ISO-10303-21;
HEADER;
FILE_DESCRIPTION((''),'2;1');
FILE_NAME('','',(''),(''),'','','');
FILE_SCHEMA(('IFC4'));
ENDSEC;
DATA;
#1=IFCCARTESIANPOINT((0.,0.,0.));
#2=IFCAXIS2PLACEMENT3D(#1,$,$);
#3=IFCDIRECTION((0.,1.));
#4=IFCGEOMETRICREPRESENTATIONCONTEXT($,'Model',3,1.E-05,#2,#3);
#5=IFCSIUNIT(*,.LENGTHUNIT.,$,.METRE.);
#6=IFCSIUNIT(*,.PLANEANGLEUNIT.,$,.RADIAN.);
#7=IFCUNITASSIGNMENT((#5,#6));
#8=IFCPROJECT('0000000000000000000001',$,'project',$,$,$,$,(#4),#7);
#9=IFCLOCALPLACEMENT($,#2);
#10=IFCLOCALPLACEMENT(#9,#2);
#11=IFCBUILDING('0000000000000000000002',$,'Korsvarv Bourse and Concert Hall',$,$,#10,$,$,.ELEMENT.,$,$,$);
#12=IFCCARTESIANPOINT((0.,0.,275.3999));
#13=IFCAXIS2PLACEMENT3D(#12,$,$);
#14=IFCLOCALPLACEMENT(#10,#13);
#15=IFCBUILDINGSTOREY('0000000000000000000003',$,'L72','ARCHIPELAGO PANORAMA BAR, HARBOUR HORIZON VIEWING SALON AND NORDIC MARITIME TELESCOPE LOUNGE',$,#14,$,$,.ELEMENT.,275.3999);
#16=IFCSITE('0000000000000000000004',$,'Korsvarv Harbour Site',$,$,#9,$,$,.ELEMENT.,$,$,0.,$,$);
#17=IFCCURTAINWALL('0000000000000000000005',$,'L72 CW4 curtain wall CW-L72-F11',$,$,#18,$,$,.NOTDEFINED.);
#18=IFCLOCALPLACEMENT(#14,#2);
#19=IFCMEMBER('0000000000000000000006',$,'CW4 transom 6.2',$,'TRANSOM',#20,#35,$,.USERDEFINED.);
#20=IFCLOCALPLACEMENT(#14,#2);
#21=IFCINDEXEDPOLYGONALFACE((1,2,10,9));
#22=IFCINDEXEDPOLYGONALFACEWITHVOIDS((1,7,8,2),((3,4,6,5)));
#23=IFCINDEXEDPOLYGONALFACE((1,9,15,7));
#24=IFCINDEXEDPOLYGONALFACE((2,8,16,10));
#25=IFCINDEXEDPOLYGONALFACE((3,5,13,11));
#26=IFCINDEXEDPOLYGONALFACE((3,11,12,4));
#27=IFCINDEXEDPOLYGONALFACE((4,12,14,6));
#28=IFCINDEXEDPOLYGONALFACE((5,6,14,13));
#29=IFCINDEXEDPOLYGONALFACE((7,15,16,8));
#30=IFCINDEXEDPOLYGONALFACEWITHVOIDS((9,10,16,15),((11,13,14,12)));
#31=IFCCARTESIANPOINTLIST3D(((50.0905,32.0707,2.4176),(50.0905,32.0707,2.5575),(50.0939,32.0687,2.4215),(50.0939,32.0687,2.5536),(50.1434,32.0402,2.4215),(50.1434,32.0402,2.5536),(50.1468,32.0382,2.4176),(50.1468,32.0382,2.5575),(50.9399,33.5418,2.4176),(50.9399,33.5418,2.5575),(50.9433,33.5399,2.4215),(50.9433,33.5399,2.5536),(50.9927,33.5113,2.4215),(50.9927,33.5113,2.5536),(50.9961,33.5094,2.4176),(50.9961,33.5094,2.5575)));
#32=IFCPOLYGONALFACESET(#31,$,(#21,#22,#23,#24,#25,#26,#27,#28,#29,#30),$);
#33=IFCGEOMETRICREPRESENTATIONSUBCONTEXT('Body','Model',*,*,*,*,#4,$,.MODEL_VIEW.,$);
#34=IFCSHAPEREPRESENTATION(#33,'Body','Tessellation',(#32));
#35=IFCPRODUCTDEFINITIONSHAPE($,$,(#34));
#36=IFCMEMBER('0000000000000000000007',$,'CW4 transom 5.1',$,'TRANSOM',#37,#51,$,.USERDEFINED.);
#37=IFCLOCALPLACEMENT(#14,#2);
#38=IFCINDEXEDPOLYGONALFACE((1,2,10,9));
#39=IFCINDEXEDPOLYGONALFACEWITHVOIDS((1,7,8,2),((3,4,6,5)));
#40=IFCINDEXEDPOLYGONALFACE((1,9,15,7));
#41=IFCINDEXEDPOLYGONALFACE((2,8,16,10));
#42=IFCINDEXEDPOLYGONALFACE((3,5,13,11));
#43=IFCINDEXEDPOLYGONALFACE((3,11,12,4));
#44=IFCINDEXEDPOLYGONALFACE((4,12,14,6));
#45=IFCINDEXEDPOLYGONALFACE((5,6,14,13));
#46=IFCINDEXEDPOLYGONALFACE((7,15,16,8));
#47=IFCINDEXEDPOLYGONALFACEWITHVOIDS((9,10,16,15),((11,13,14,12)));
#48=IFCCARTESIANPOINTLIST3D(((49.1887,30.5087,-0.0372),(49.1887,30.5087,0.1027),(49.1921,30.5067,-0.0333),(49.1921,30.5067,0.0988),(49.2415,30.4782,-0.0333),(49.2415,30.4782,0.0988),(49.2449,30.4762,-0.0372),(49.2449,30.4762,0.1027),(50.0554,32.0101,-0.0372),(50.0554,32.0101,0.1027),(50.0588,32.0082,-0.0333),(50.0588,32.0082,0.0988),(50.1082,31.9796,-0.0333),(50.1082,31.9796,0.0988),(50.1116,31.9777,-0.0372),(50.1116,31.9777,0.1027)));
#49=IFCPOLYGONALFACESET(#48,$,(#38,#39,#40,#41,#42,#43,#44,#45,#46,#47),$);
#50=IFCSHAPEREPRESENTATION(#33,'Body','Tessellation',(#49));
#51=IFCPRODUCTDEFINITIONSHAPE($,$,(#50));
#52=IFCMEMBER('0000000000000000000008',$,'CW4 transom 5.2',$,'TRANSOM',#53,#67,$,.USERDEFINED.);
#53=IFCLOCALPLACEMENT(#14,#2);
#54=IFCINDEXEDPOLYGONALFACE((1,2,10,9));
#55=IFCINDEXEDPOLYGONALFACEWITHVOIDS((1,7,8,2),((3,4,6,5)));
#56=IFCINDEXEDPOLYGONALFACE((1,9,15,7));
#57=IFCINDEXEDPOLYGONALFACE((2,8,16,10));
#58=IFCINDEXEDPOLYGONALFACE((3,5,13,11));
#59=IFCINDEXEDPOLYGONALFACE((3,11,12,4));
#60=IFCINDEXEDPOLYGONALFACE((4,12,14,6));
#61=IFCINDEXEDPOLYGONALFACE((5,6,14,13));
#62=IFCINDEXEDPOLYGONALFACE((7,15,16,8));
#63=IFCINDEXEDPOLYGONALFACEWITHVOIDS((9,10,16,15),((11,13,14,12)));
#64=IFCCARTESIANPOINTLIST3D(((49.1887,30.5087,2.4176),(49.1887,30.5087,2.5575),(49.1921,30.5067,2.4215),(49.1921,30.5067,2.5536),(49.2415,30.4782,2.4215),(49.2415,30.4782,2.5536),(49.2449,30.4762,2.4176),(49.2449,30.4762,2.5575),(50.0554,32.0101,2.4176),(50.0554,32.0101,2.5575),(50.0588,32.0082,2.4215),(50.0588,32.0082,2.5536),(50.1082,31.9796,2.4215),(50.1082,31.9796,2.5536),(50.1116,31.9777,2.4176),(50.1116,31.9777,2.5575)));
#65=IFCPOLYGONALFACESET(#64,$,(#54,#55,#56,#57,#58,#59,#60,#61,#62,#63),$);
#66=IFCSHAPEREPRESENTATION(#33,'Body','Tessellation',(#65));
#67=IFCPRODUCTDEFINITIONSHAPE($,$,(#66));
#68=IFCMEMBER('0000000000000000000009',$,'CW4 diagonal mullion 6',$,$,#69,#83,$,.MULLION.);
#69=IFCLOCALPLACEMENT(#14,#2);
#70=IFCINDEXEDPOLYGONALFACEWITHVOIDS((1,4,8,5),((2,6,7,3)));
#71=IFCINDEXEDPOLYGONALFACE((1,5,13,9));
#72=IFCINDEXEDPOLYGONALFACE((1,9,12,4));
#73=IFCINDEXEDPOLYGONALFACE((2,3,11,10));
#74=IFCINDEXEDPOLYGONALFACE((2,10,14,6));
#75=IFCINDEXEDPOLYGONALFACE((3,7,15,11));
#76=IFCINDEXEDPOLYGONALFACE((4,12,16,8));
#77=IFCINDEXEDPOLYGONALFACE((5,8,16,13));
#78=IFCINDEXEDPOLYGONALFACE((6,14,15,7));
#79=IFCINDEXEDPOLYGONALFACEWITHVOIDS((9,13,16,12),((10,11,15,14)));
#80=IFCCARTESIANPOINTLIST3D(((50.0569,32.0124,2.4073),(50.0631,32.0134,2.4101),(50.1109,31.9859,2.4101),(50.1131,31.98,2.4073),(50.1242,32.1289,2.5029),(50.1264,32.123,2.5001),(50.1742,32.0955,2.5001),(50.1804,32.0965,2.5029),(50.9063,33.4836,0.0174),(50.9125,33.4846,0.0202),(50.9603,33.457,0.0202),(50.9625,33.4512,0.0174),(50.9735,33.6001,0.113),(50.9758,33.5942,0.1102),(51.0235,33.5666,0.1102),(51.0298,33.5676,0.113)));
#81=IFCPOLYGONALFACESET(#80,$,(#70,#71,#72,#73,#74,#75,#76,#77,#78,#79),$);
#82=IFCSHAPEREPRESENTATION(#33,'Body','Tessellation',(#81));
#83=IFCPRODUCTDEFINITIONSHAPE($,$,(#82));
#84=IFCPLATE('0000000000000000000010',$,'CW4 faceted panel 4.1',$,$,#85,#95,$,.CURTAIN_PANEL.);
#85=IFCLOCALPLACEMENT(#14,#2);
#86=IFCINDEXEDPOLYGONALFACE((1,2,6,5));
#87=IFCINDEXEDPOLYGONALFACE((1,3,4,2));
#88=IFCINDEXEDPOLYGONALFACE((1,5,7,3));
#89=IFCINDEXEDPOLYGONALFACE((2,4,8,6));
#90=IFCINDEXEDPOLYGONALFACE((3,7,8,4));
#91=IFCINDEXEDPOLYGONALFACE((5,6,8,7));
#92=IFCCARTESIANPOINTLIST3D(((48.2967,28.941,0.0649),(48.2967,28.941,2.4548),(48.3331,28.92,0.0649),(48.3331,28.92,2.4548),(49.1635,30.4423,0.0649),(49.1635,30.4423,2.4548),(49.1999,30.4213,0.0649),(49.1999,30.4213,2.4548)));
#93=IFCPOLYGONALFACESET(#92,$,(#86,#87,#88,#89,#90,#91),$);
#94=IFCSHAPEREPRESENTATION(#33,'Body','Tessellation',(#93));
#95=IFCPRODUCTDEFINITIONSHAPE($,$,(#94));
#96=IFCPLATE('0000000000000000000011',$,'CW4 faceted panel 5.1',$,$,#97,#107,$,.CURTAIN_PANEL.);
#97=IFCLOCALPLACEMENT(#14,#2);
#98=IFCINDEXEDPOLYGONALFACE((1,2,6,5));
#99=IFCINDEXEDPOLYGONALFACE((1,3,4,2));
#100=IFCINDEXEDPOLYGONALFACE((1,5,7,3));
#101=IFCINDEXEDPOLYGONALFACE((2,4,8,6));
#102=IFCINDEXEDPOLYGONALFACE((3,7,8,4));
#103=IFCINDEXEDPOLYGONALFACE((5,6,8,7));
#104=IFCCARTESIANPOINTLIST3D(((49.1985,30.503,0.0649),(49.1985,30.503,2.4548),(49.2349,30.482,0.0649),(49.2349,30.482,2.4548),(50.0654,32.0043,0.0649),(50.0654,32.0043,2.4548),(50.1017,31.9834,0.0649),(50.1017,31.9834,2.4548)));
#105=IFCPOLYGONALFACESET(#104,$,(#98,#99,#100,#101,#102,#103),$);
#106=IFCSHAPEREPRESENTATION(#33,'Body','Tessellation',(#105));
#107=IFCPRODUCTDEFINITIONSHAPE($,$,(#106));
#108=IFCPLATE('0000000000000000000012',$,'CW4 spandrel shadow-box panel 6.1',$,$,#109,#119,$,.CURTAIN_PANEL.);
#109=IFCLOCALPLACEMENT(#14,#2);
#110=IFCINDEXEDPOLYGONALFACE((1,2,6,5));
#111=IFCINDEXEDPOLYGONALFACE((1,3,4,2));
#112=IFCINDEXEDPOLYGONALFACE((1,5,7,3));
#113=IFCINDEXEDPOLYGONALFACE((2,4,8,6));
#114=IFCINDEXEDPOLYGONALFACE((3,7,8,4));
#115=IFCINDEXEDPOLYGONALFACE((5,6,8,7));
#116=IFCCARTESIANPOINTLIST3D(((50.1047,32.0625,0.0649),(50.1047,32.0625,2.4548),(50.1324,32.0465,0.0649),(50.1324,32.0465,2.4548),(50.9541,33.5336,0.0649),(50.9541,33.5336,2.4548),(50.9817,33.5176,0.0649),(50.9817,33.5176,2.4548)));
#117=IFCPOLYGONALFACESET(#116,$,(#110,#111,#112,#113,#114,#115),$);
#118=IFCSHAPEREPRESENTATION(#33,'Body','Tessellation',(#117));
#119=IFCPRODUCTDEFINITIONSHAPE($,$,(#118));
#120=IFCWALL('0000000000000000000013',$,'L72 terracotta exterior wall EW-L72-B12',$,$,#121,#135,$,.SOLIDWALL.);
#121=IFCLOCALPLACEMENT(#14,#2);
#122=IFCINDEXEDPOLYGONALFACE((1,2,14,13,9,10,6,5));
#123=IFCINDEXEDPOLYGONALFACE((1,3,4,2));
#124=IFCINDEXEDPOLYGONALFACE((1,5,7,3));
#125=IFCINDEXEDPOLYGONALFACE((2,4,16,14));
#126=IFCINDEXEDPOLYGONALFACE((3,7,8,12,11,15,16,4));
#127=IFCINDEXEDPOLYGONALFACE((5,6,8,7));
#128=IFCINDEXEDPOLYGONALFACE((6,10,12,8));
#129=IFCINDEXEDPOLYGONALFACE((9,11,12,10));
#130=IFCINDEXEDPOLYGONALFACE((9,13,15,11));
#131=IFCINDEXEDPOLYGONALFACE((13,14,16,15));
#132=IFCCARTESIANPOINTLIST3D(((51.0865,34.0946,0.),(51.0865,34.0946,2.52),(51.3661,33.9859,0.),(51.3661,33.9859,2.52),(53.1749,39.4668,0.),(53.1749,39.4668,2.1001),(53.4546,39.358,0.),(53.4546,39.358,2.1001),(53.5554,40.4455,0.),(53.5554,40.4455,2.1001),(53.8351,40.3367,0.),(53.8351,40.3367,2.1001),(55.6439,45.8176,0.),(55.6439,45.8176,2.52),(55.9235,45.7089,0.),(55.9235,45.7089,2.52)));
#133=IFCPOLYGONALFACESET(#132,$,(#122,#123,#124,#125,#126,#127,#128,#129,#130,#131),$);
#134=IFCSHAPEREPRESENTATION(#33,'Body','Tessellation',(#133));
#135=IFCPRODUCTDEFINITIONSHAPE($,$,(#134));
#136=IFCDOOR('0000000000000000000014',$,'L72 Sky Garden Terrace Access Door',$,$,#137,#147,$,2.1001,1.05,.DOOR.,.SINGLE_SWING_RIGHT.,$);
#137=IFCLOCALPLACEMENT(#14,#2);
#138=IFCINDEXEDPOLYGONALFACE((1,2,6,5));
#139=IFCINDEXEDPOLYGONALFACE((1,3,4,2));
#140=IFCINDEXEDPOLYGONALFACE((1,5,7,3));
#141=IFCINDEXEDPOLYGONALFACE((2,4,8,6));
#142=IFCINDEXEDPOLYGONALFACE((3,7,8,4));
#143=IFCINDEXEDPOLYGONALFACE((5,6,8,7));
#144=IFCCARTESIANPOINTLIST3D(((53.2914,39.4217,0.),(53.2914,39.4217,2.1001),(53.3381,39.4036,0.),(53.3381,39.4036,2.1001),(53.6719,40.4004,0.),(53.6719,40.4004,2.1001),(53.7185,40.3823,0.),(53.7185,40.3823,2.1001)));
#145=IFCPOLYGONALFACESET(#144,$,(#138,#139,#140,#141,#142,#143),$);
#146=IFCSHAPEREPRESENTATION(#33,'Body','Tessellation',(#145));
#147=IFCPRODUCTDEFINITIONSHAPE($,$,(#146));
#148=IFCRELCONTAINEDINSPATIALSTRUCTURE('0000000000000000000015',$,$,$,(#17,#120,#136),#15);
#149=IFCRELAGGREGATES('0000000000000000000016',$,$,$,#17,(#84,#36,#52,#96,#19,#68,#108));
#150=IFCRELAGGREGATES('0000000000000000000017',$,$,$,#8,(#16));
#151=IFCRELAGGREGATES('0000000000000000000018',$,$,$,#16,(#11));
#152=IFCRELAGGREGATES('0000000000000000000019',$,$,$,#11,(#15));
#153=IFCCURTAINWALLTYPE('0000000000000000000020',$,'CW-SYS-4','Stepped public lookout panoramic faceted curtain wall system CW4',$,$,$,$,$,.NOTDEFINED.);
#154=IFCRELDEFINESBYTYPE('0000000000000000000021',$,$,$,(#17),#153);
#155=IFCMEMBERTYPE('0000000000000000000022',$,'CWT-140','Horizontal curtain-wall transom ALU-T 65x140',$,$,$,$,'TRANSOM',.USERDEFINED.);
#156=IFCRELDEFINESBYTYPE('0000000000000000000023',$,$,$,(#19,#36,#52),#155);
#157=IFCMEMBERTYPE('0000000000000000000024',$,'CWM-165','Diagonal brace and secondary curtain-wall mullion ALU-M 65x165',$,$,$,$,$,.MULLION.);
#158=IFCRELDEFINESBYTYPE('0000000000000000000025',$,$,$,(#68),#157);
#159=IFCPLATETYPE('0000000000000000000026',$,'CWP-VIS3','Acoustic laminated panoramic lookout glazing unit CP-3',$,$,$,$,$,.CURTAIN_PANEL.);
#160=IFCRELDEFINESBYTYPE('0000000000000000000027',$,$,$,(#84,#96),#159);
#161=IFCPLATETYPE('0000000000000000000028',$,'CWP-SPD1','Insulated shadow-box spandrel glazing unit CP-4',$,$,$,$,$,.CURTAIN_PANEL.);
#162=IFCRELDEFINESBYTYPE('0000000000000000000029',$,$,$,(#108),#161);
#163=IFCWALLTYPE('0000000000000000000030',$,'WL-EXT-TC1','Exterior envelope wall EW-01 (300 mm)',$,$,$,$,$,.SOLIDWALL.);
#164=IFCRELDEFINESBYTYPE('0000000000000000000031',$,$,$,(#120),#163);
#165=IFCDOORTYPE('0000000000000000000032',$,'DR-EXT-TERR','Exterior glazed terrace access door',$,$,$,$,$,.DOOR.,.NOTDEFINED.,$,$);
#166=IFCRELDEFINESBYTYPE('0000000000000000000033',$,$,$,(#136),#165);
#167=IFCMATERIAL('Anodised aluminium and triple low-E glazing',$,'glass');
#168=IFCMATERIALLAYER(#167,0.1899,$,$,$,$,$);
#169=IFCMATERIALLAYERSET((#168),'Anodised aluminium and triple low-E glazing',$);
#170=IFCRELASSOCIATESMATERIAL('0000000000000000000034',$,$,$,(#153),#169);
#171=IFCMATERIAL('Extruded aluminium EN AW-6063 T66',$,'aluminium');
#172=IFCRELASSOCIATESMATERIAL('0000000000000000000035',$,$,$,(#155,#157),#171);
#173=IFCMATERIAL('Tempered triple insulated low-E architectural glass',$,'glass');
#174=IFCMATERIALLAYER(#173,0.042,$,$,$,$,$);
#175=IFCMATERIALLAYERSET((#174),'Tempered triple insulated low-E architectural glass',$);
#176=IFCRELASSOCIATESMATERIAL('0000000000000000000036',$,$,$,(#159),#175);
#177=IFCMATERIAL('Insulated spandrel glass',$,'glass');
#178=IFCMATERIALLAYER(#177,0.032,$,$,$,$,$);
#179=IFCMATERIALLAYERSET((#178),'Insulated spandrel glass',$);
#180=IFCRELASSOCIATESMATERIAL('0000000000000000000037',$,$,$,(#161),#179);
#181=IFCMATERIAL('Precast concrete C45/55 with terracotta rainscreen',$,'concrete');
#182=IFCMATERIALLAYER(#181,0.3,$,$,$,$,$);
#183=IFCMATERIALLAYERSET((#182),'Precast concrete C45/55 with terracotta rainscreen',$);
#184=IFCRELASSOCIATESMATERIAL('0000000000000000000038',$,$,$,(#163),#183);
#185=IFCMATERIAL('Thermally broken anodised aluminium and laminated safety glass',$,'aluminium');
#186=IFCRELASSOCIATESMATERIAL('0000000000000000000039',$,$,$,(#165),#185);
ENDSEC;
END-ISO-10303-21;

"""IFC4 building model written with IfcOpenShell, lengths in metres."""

from ifc_helpers import new_model, si_unit, direction, frame, frame_2d, origin, origin_2d, place, context, subcontext, project, spatial, rectangle, hollow_rectangle, extrude, source, transform, mapped, material, layer, layer_set, material_profile, profile_set, type_object, element, fill, aggregate, save


model = new_model("IFC4")

# Units and contexts
model_context = context("Model", 3, precision=1e-05, world=origin(), true_north=direction((0.0, 1.0)))
body_context = subcontext(model_context, "Body", "Model", "MODEL_VIEW")
ifc_project = project(units=[si_unit("LENGTHUNIT", "METRE"), si_unit("PLANEANGLEUNIT", "RADIAN")], contexts=[model_context])

# Site, building, storey
site_placement = place(None, origin())
site = spatial("IfcSite", under=ifc_project, at=site_placement, Name="Korsvarv Harbour Site", CompositionType="ELEMENT", RefElevation=0.0)
building_placement = place(site_placement, origin())
building = spatial("IfcBuilding", under=site, at=building_placement, Name="Korsvarv Bourse and Concert Hall", CompositionType="ELEMENT")
storey_placement = place(building_placement, frame((0.0, 0.0, 275.3999)))
storey = spatial("IfcBuildingStorey", under=building, at=storey_placement, Name="L72", Description="ARCHIPELAGO PANORAMA BAR, HARBOUR HORIZON VIEWING SALON AND NORDIC MARITIME TELESCOPE LOUNGE", CompositionType="ELEMENT", Elevation=275.3999)

# Curtain wall, members, plates
ifc_material_1 = material(Name="Anodised aluminium and triple low-E glazing", Category="glass")
ifc_layer_1 = layer(ifc_material_1, 0.1899)
ifc_layer_set_1 = layer_set([ifc_layer_1], Name="Anodised aluminium and triple low-E glazing")
curtain_wall_type = type_object("IfcCurtainWallType", Name="CW-SYS-4", Description="Stepped public lookout panoramic faceted curtain wall system CW4", PredefinedType="NOTDEFINED", material=ifc_layer_set_1)
curtain_wall_placement = place(storey_placement, origin())
curtain_wall = element("IfcCurtainWall", 1, at=curtain_wall_placement, inside=storey, type_object=curtain_wall_type, Name="L72 CW4 curtain wall CW-L72-F11", PredefinedType="NOTDEFINED")
ifc_material_2 = material(Name="Extruded aluminium EN AW-6063 T66", Category="aluminium")
ifc_material_profile_1 = material_profile(ifc_material_2, hollow_rectangle(XDim=0.0649, YDim=0.1399, WallThickness=0.0039, at=origin_2d()), Name="ALU-T 65x140")
ifc_profile_set_1 = profile_set([ifc_material_profile_1], Name="Extruded aluminium EN AW-6063 T66")
member_type_1 = type_object("IfcMemberType", Name="CWT-140", Description="Horizontal curtain-wall transom ALU-T 65x140", ElementType="TRANSOM", PredefinedType="USERDEFINED", material=ifc_profile_set_1)
shared_shape_1 = source(origin(), body_context, "Body", "SweptSolid", [
    extrude(hollow_rectangle(XDim=0.0649, YDim=0.1399, WallThickness=0.0039, at=origin_2d()), origin(), (0.0, 0.0, 1.0), 1.6987),
])
member_1_placement = place(storey_placement, frame((50.1187, 32.0544, 2.4875), z_axis=(0.499988, 0.866032, 0.0), x_axis=(-0.866032, 0.499988, 0.0)))
member_1 = element("IfcMember", 2, at=member_1_placement, type_object=member_type_1, Name="CW4 transom 6.2", ObjectType="TRANSOM", PredefinedType="USERDEFINED", context=body_context, shape_type="MappedRepresentation", body=[
    mapped(shared_shape_1, transform((0.0, 0.0, 0.0), scale=1.0)),
])
shared_shape_2 = source(origin(), body_context, "Body", "SweptSolid", [
    extrude(hollow_rectangle(XDim=0.0649, YDim=0.1399, WallThickness=0.0039, at=origin_2d()), origin(), (0.0, 0.0, 1.0), 1.7336),
])
member_2_placement = place(storey_placement, frame((49.2168, 30.4924, 0.0327), z_axis=(0.499926, 0.866068, 0.0), x_axis=(-0.866068, 0.499926, 0.0)))
member_2 = element("IfcMember", 3, at=member_2_placement, type_object=member_type_1, Name="CW4 transom 5.1", ObjectType="TRANSOM", PredefinedType="USERDEFINED", context=body_context, shape_type="MappedRepresentation", body=[
    mapped(shared_shape_2, transform((0.0, 0.0, 0.0), scale=1.0)),
])
member_3_placement = place(storey_placement, frame((49.2168, 30.4924, 2.4875), z_axis=(0.499926, 0.866068, 0.0), x_axis=(-0.866068, 0.499926, 0.0)))
member_3 = element("IfcMember", 4, at=member_3_placement, type_object=member_type_1, Name="CW4 transom 5.2", ObjectType="TRANSOM", PredefinedType="USERDEFINED", context=body_context, shape_type="MappedRepresentation", body=[
    mapped(shared_shape_2, transform((0.0, 0.0, 0.0), scale=1.0)),
])
ifc_material_profile_2 = material_profile(ifc_material_2, hollow_rectangle(XDim=0.0649, YDim=0.165, WallThickness=0.0049, at=origin_2d()), Name="ALU-M 65x165")
ifc_profile_set_2 = profile_set([ifc_material_profile_2], Name="Extruded aluminium EN AW-6063 T66")
member_type_2 = type_object("IfcMemberType", Name="CWM-165", Description="Diagonal brace and secondary curtain-wall mullion ALU-M 65x165", PredefinedType="MULLION", material=ifc_profile_set_2)
shared_shape_3 = source(origin(), body_context, "Body", "SweptSolid", [
    extrude(hollow_rectangle(XDim=0.0649, YDim=0.165, WallThickness=0.0049, at=origin_2d()), origin(), (0.0, 0.0, 1.0), 2.9321),
])
member_4_placement = place(storey_placement, frame((50.968, 33.5256, 0.0652), z_axis=(-0.289675, -0.501748, 0.815069), x_axis=(0.866032, -0.499988, 0.0)))
member_4 = element("IfcMember", 5, at=member_4_placement, type_object=member_type_2, Name="CW4 diagonal mullion 6", PredefinedType="MULLION", context=body_context, shape_type="MappedRepresentation", body=[
    mapped(shared_shape_3, transform((0.0, 0.0, 0.0), scale=1.0)),
])
ifc_material_3 = material(Name="Tempered triple insulated low-E architectural glass", Category="glass")
ifc_layer_2 = layer(ifc_material_3, 0.042)
ifc_layer_set_2 = layer_set([ifc_layer_2], Name="Tempered triple insulated low-E architectural glass")
plate_type_1 = type_object("IfcPlateType", Name="CWP-VIS3", Description="Acoustic laminated panoramic lookout glazing unit CP-3", PredefinedType="CURTAIN_PANEL", material=ifc_layer_set_2)
shared_shape_4 = source(origin(), body_context, "Body", "SweptSolid", [
    extrude(rectangle(XDim=1.7336, YDim=0.042, at=origin_2d()), origin(), (0.0, 0.0, 1.0), 2.3899),
])
plate_1_placement = place(storey_placement, frame((48.7483, 29.6812, 0.0649), z_axis=(0.0, 0.0, 1.0), x_axis=(0.500004, 0.866023, 0.0)))
plate_1 = element("IfcPlate", 6, at=plate_1_placement, type_object=plate_type_1, Name="CW4 faceted panel 4.1", PredefinedType="CURTAIN_PANEL", context=body_context, shape_type="MappedRepresentation", body=[
    mapped(shared_shape_4, transform((0.0, 0.0, 0.0), scale=1.0)),
])
plate_2_placement = place(storey_placement, frame((49.6501, 31.2432, 0.0649), z_axis=(0.0, 0.0, 1.0), x_axis=(0.500004, 0.866023, 0.0)))
plate_2 = element("IfcPlate", 7, at=plate_2_placement, type_object=plate_type_1, Name="CW4 faceted panel 5.1", PredefinedType="CURTAIN_PANEL", context=body_context, shape_type="MappedRepresentation", body=[
    mapped(shared_shape_4, transform((0.0, 0.0, 0.0), scale=1.0)),
])
ifc_material_4 = material(Name="Insulated spandrel glass", Category="glass")
ifc_layer_3 = layer(ifc_material_4, 0.032)
ifc_layer_set_3 = layer_set([ifc_layer_3], Name="Insulated spandrel glass")
plate_type_2 = type_object("IfcPlateType", Name="CWP-SPD1", Description="Insulated shadow-box spandrel glazing unit CP-4", PredefinedType="CURTAIN_PANEL", material=ifc_layer_set_3)
shared_shape_5 = source(origin(), body_context, "Body", "SweptSolid", [
    extrude(rectangle(XDim=1.6987, YDim=0.032, at=origin_2d()), origin(), (0.0, 0.0, 1.0), 2.3899),
])
plate_3_placement = place(storey_placement, frame((50.5432, 32.79, 0.0649), z_axis=(0.0, 0.0, 1.0), x_axis=(0.500004, 0.866023, 0.0)))
plate_3 = element("IfcPlate", 8, at=plate_3_placement, type_object=plate_type_2, Name="CW4 spandrel shadow-box panel 6.1", PredefinedType="CURTAIN_PANEL", context=body_context, shape_type="MappedRepresentation", body=[
    mapped(shared_shape_5, transform((0.0, 0.0, 0.0), scale=1.0)),
])
aggregate(curtain_wall, [plate_1, member_2, member_3, plate_2, member_1, member_4, plate_3])

# Wall, opening, door
ifc_material_5 = material(Name="Precast concrete C45/55 with terracotta rainscreen", Category="concrete")
ifc_layer_4 = layer(ifc_material_5, 0.3)
ifc_layer_set_4 = layer_set([ifc_layer_4], Name="Precast concrete C45/55 with terracotta rainscreen")
wall_type_1 = type_object("IfcWallType", Name="WL-EXT-TC1", Description="Exterior envelope wall EW-01 (300 mm)", PredefinedType="SOLIDWALL", material=ifc_layer_set_4)
wall_1_placement = place(storey_placement, frame((51.2263, 34.0403, 0.0), z_axis=(0.0, 0.0, 1.0), x_axis=(0.36234, 0.932046, 0.0)))
wall_1 = element("IfcWall", 9, at=wall_1_placement, inside=storey, type_object=wall_type_1, Name="L72 terracotta exterior wall EW-L72-B12", PredefinedType="SOLIDWALL", context=body_context, shape_type="SweptSolid", body=[
    extrude(rectangle(XDim=12.5776, YDim=0.3, at=frame_2d((6.2888, 0.0))), origin(), (0.0, 0.0, 1.0), 2.52),
])
opening_1_placement = place(wall_1_placement, frame((5.7639, 0.0, 0.0)))
opening_1 = element("IfcOpeningElement", 10, at=opening_1_placement, cuts=wall_1, PredefinedType="OPENING", context=body_context, shape_type="SweptSolid", body=[
    extrude(rectangle(XDim=1.05, YDim=2.1001, at=frame_2d((0.5249, 1.05))), frame((0.0, 0.1602, 0.0), z_axis=(0.0, -1.0, 0.0), x_axis=(1.0, 0.0, 0.0)), (0.0, 0.0, 1.0), 0.3201),
])
ifc_material_6 = material(Name="Thermally broken anodised aluminium and laminated safety glass", Category="aluminium")
door_type_1 = type_object("IfcDoorType", Name="DR-EXT-TERR", Description="Exterior glazed terrace access door", OperationType="NOTDEFINED", PredefinedType="DOOR", material=ifc_material_6)
door_1_placement = place(opening_1_placement, frame((1.05, 0.0, 0.0), z_axis=(0.0, 0.0, 1.0), x_axis=(-1.0, 0.0, 0.0)))
door_1 = element("IfcDoor", 11, at=door_1_placement, inside=storey, type_object=door_type_1, Name="L72 Sky Garden Terrace Access Door", OperationType="SINGLE_SWING_RIGHT", OverallHeight=2.1001, OverallWidth=1.05, PredefinedType="DOOR", context=body_context, shape_type="SweptSolid", body=[
    extrude(rectangle(XDim=1.05, YDim=2.1001, at=frame_2d((0.5249, 1.05))), frame((0.0, 0.0249, 0.0), z_axis=(0.0, -1.0, 0.0), x_axis=(1.0, 0.0, 0.0)), (0.0, 0.0, 1.0), 0.05),
])
fill(opening_1, door_1)

save(model, "model.ifc")
